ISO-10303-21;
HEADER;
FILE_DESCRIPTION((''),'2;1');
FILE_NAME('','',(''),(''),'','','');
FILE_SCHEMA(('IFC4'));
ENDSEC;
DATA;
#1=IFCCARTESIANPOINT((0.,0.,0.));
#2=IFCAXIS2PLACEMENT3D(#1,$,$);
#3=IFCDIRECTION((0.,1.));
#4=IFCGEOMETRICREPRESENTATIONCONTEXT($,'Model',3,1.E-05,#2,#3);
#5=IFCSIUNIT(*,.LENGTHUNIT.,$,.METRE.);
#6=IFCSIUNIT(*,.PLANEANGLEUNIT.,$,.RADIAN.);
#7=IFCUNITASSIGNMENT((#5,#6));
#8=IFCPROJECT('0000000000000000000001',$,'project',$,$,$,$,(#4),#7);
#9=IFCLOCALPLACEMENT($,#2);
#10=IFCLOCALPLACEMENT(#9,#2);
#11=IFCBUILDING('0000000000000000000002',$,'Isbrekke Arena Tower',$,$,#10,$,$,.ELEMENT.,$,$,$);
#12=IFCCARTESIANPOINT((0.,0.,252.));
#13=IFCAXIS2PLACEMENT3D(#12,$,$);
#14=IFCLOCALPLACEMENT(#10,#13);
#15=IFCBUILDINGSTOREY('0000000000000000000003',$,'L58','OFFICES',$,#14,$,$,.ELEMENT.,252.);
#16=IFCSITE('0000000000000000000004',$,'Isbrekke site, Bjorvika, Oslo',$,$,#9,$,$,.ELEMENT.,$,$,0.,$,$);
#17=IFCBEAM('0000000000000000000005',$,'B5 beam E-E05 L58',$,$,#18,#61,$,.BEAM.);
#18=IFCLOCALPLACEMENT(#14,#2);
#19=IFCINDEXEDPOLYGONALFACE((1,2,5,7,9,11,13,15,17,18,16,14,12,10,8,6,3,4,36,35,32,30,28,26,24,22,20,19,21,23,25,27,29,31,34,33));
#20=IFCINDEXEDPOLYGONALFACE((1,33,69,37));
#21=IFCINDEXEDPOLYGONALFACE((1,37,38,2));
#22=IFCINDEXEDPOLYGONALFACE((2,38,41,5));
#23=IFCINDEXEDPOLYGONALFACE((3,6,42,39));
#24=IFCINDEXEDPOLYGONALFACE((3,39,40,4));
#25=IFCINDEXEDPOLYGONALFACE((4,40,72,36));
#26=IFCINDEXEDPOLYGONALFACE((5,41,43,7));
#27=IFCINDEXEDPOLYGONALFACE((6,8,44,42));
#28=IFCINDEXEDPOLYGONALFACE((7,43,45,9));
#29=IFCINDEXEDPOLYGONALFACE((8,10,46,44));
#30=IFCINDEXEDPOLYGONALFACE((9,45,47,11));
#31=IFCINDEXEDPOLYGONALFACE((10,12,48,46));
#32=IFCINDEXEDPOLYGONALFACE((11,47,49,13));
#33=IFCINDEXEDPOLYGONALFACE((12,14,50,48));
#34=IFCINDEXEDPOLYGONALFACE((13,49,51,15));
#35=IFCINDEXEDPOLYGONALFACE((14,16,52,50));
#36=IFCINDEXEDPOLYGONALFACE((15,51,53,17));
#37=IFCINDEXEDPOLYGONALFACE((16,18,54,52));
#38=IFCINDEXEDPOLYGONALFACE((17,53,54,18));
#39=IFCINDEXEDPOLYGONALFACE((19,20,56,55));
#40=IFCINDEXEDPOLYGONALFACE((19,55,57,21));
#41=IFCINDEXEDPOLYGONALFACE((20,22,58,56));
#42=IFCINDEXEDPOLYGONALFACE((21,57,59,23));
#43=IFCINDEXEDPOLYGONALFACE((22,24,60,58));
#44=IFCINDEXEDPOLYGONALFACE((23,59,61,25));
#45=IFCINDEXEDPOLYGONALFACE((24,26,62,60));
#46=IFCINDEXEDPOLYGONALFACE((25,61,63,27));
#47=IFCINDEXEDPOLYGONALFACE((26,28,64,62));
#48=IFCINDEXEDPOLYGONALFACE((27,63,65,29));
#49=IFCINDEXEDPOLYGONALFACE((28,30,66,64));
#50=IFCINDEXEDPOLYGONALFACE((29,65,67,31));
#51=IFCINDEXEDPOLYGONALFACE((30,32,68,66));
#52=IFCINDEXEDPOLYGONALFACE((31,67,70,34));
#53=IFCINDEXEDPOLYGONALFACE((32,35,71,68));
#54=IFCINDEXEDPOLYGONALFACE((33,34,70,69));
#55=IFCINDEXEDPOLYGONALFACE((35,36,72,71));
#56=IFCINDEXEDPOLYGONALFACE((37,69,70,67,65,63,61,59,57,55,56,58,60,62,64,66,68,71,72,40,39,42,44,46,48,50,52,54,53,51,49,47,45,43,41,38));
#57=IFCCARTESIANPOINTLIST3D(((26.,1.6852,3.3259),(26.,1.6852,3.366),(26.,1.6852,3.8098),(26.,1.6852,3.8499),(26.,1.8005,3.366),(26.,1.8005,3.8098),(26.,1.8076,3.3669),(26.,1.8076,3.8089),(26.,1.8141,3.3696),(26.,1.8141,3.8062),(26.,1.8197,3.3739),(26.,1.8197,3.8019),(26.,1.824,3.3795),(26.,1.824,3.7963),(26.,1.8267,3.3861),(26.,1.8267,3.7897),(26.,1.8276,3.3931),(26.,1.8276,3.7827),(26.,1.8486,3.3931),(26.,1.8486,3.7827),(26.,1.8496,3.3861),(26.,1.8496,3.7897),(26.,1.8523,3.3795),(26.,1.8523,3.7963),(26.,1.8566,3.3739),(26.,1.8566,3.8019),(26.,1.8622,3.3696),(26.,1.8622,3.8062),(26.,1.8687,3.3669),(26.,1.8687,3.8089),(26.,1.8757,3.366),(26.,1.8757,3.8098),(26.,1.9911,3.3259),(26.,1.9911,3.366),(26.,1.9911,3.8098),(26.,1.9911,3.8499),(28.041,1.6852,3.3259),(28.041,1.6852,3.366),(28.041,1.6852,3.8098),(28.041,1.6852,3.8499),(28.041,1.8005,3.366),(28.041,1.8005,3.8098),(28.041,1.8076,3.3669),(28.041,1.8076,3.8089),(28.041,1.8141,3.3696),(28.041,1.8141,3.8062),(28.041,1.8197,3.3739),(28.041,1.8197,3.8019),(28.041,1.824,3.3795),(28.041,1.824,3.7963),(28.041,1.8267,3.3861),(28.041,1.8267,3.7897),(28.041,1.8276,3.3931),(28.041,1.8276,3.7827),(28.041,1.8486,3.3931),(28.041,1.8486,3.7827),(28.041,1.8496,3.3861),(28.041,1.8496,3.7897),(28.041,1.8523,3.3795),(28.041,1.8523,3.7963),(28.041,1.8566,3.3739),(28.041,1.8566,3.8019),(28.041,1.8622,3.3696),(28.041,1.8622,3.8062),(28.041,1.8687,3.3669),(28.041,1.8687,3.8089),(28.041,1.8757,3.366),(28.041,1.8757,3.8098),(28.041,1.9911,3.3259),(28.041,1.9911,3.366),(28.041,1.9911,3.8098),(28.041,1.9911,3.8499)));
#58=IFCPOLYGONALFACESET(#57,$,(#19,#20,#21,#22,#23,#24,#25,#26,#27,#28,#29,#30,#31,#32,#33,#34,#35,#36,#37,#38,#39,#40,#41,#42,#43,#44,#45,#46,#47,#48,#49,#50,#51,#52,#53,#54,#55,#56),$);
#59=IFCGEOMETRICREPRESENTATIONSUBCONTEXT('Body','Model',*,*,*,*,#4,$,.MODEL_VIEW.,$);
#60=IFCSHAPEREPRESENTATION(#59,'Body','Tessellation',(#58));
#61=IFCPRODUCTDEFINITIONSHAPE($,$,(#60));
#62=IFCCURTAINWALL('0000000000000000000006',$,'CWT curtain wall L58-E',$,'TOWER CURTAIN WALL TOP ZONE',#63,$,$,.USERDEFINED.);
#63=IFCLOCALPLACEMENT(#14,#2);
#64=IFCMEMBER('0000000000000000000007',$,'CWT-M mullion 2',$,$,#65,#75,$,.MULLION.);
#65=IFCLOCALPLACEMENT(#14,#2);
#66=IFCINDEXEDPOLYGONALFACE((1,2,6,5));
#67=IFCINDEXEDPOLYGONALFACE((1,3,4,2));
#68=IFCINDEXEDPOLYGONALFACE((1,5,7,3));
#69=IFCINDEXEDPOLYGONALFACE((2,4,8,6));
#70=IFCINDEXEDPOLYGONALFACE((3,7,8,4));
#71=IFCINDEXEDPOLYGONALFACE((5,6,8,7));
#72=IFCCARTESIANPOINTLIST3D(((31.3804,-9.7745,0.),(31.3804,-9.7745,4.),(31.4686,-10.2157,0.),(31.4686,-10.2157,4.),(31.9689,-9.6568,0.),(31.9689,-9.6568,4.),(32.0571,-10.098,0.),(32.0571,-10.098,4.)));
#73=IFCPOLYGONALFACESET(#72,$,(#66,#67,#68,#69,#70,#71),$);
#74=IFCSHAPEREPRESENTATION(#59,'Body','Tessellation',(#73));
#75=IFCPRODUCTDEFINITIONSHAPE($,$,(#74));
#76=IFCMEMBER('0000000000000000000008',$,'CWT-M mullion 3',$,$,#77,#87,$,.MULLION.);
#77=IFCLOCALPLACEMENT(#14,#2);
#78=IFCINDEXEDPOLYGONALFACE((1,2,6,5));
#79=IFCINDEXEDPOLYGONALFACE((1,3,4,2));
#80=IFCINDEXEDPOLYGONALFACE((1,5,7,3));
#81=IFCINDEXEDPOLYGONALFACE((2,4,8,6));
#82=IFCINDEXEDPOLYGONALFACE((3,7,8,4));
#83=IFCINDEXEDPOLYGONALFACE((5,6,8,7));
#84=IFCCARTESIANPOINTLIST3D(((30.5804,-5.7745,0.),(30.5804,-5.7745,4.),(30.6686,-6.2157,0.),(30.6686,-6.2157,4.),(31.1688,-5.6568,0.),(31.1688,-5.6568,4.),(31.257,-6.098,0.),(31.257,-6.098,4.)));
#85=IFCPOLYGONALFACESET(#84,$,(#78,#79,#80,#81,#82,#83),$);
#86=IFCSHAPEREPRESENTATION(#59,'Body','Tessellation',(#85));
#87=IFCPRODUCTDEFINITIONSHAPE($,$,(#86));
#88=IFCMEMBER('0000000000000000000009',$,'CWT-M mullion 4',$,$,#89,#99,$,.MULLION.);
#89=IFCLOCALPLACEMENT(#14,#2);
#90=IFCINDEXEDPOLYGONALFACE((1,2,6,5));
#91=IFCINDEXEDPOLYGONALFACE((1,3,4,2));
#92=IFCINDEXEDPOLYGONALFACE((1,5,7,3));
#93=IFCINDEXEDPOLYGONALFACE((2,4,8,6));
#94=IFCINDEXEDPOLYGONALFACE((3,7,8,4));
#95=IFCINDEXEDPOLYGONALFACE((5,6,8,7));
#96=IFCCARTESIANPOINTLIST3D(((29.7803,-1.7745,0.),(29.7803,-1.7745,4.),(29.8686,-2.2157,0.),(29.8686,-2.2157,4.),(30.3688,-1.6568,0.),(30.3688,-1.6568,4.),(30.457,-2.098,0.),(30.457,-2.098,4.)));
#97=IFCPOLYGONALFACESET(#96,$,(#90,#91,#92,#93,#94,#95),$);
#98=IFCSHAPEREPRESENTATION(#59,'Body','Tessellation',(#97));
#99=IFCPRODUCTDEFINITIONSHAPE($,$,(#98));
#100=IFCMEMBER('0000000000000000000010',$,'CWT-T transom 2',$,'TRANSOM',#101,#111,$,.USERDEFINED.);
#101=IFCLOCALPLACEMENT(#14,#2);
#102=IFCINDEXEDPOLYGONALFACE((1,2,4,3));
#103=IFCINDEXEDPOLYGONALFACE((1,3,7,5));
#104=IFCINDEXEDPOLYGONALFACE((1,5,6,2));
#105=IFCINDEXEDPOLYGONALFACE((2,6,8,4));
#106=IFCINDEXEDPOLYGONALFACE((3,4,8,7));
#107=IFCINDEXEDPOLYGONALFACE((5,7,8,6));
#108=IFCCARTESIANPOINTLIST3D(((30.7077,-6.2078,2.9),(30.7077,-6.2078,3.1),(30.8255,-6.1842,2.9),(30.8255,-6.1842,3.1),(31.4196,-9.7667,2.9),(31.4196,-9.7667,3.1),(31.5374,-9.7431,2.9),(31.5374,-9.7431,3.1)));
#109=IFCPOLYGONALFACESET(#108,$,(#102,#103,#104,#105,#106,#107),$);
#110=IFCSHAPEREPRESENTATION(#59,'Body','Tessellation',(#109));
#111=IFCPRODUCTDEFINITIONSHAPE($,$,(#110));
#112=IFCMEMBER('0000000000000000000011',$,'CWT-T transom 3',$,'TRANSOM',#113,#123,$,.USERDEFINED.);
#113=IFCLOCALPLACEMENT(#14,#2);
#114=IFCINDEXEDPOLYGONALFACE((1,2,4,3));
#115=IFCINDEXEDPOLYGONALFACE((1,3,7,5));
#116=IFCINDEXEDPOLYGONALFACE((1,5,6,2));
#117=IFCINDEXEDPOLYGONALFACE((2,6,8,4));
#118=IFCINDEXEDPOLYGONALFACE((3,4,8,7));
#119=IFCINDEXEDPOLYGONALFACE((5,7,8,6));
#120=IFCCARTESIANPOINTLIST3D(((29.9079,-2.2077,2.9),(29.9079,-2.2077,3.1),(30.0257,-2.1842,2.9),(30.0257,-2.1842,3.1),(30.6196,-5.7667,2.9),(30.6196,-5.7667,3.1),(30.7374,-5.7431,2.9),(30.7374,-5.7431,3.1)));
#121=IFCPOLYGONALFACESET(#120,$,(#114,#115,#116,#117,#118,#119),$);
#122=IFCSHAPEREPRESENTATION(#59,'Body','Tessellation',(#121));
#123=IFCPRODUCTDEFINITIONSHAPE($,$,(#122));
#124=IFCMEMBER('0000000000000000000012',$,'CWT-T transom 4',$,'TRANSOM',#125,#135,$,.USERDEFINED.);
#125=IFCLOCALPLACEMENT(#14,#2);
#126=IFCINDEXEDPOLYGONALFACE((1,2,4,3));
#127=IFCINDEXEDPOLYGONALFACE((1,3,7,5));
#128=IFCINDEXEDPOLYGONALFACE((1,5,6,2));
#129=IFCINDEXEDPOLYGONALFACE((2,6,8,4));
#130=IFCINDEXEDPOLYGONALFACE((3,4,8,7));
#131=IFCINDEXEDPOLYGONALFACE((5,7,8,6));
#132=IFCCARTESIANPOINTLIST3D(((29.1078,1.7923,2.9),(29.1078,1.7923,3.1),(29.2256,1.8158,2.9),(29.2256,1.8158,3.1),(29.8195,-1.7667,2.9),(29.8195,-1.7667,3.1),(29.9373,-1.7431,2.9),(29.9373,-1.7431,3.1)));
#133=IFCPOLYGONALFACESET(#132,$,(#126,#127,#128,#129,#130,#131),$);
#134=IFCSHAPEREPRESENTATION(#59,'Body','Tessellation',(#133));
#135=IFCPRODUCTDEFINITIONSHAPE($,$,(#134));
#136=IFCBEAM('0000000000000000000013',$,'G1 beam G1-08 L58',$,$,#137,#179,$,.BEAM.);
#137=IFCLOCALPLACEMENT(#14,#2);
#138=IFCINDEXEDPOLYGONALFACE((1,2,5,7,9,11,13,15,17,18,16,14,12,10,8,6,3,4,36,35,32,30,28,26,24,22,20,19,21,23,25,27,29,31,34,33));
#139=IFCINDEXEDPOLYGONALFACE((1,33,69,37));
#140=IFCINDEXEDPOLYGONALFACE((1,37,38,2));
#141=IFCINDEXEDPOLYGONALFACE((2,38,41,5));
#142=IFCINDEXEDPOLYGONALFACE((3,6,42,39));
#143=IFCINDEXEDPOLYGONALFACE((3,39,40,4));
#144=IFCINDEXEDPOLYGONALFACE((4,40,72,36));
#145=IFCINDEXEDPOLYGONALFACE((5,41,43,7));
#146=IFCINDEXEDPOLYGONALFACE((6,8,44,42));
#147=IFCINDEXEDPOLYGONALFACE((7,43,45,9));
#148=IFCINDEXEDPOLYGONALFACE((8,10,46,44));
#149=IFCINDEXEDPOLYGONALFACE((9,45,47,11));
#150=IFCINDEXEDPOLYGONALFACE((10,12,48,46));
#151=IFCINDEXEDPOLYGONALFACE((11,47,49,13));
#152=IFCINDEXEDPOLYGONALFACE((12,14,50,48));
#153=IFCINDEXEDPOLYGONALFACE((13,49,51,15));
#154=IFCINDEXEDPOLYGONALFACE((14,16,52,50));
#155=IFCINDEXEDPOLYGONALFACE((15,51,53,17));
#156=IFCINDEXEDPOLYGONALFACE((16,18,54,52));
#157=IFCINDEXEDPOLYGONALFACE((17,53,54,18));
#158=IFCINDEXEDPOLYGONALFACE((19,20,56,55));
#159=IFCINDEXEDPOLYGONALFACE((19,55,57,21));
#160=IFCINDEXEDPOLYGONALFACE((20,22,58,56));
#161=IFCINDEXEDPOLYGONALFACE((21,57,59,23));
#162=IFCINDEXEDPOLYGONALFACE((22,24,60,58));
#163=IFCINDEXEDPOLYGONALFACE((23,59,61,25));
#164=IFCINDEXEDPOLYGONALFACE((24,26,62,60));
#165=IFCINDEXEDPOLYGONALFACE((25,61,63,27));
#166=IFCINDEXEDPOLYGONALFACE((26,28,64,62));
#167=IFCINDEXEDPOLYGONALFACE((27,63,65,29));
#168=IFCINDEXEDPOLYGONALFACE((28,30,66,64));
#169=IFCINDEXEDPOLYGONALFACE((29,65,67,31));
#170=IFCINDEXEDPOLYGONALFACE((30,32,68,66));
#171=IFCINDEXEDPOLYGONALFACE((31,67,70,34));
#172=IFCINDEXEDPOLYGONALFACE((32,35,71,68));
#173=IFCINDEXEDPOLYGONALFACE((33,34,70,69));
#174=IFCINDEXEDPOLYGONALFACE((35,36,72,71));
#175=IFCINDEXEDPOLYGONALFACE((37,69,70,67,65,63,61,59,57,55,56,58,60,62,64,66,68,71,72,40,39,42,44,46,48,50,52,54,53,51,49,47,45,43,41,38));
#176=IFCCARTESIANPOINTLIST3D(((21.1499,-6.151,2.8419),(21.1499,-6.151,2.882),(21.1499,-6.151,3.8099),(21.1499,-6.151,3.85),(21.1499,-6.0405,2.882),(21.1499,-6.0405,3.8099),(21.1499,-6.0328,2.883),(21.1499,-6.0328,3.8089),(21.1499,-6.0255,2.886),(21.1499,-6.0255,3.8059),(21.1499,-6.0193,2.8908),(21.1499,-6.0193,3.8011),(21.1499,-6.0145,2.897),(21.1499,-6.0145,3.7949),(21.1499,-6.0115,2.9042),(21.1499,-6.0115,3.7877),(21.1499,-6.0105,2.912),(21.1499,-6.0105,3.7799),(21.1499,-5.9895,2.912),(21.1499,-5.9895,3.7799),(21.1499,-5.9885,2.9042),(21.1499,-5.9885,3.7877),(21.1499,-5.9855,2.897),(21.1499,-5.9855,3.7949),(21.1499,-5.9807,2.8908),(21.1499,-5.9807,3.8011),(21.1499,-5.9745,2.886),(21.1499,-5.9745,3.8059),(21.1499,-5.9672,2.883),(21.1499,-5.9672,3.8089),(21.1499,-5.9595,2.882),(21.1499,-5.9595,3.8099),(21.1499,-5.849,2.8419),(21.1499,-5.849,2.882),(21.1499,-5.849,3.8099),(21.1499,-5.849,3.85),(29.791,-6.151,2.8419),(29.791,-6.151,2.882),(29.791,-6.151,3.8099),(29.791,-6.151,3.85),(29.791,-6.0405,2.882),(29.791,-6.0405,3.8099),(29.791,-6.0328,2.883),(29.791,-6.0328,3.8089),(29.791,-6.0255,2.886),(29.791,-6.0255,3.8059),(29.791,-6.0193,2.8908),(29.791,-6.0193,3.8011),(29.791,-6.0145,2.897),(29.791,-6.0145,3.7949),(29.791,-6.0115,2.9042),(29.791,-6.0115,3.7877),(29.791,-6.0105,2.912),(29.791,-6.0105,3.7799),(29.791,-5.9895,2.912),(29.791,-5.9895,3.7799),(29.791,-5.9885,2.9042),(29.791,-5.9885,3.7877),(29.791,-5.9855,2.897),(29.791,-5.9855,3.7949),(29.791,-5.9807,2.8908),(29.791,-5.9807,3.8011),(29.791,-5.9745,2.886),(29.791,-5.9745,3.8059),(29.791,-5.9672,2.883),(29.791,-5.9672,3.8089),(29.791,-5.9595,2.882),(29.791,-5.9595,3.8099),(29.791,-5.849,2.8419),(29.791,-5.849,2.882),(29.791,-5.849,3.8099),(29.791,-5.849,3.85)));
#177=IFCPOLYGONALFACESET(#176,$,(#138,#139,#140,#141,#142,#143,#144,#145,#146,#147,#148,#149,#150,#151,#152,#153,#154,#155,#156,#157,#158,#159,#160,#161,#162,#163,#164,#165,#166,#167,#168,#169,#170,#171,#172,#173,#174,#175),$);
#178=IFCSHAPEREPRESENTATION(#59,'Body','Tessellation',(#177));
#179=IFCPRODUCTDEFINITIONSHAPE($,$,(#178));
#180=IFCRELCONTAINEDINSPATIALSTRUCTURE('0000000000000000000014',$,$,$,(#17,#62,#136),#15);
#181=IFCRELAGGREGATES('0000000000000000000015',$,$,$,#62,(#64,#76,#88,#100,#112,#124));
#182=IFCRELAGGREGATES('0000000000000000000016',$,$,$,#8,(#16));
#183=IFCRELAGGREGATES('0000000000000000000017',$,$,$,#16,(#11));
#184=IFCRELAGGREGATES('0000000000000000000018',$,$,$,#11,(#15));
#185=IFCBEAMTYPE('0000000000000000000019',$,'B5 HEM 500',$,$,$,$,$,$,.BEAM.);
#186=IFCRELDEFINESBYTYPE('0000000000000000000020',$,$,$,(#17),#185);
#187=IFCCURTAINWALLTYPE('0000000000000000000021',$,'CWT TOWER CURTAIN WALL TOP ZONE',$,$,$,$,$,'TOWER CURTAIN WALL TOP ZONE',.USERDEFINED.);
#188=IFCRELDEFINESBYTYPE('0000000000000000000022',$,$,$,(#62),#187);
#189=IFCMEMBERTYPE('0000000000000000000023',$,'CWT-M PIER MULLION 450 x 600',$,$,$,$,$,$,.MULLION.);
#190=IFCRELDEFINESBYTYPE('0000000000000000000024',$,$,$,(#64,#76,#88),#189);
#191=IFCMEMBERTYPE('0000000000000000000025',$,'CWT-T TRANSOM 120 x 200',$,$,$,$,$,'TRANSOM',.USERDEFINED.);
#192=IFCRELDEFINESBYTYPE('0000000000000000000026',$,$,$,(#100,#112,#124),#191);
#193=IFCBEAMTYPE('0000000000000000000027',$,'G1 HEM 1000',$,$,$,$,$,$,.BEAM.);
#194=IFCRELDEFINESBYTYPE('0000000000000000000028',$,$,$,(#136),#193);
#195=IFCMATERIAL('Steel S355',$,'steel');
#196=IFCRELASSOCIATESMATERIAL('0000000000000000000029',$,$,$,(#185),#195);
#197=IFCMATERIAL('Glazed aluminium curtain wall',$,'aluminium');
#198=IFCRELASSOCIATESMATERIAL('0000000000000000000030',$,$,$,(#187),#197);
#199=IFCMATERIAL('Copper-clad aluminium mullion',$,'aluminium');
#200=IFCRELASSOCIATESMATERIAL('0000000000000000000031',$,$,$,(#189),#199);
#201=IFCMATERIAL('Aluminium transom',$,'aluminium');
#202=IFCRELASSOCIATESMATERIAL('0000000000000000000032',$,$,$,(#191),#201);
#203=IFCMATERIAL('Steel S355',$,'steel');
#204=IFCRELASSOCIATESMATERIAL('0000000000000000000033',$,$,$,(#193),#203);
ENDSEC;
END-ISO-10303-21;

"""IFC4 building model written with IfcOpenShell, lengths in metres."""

from ifc_helpers import new_model, si_unit, direction, frame, origin, origin_2d, place, context, subcontext, project, spatial, rectangle, i_section, extrude, material, material_profile, profile_set, type_object, element, aggregate, save


model = new_model("IFC4")

# Units and contexts
model_context = context("Model", 3, precision=1e-05, world=origin(), true_north=direction((0.0, 1.0)))
body_context = subcontext(model_context, "Body", "Model", "MODEL_VIEW")
ifc_project = project(units=[si_unit("LENGTHUNIT", "METRE"), si_unit("PLANEANGLEUNIT", "RADIAN")], contexts=[model_context])

# Site, building, storey
site_placement = place(None, origin())
site = spatial("IfcSite", under=ifc_project, at=site_placement, Name="Isbrekke site, Bjorvika, Oslo", CompositionType="ELEMENT", RefElevation=0.0)
building_placement = place(site_placement, origin())
building = spatial("IfcBuilding", under=site, at=building_placement, Name="Isbrekke Arena Tower", CompositionType="ELEMENT")
storey_placement = place(building_placement, frame((0.0, 0.0, 252.0)))
storey = spatial("IfcBuildingStorey", under=building, at=storey_placement, Name="L58", Description="OFFICES", CompositionType="ELEMENT", Elevation=252.0)

# Beam
ifc_material_1 = material(Name="Steel S355", Category="steel")
ifc_material_profile_1 = material_profile(ifc_material_1, i_section(OverallWidth=0.3059, OverallDepth=0.5239, WebThickness=0.021, FlangeThickness=0.04, FilletRadius=0.0271, at=origin_2d()), Name="HEM 500")
ifc_profile_set_1 = profile_set([ifc_material_profile_1], Name="Steel S355")
beam_type_1 = type_object("IfcBeamType", Name="B5 HEM 500", PredefinedType="BEAM", material=ifc_profile_set_1)
beam_1_placement = place(storey_placement, frame((28.041, 1.8381, 3.5879), z_axis=(-1.0, 0.0, 0.0), x_axis=(0.0, -1.0, 0.0)))
element("IfcBeam", 1, at=beam_1_placement, inside=storey, type_object=beam_type_1, Name="B5 beam E-E05 L58", PredefinedType="BEAM", context=body_context, shape_type="SweptSolid", body=[
    extrude(i_section(OverallWidth=0.3059, OverallDepth=0.5239, WebThickness=0.021, FlangeThickness=0.04, FilletRadius=0.0271, at=origin_2d()), origin(), (0.0, 0.0, 1.0), 2.041),
])

# Curtain wall, members
ifc_material_2 = material(Name="Glazed aluminium curtain wall", Category="aluminium")
curtain_wall_type = type_object("IfcCurtainWallType", Name="CWT TOWER CURTAIN WALL TOP ZONE", ElementType="TOWER CURTAIN WALL TOP ZONE", PredefinedType="USERDEFINED", material=ifc_material_2)
curtain_wall_placement = place(storey_placement, origin())
curtain_wall = element("IfcCurtainWall", 2, at=curtain_wall_placement, inside=storey, type_object=curtain_wall_type, Name="CWT curtain wall L58-E", ObjectType="TOWER CURTAIN WALL TOP ZONE", PredefinedType="USERDEFINED")
ifc_material_3 = material(Name="Copper-clad aluminium mullion", Category="aluminium")
ifc_material_profile_2 = material_profile(ifc_material_3, rectangle(XDim=0.45, YDim=0.6001, at=origin_2d()), Name="PIER 450X600")
ifc_profile_set_2 = profile_set([ifc_material_profile_2], Name="Copper-clad aluminium mullion")
member_type_1 = type_object("IfcMemberType", Name="CWT-M PIER MULLION 450 x 600", PredefinedType="MULLION", material=ifc_profile_set_2)
member_1_placement = place(storey_placement, frame((31.7188, -9.9363, 0.0), z_axis=(0.0, 0.0, 1.0), x_axis=(-0.196116, 0.980581, 0.0)))
member_1 = element("IfcMember", 3, at=member_1_placement, type_object=member_type_1, Name="CWT-M mullion 2", PredefinedType="MULLION", context=body_context, shape_type="SweptSolid", body=[
    extrude(rectangle(XDim=0.45, YDim=0.6001, at=origin_2d()), origin(), (0.0, 0.0, 1.0), 4.0),
])
member_2_placement = place(storey_placement, frame((30.9187, -5.9363, 0.0), z_axis=(0.0, 0.0, 1.0), x_axis=(-0.196116, 0.980581, 0.0)))
member_2 = element("IfcMember", 4, at=member_2_placement, type_object=member_type_1, Name="CWT-M mullion 3", PredefinedType="MULLION", context=body_context, shape_type="SweptSolid", body=[
    extrude(rectangle(XDim=0.45, YDim=0.6001, at=origin_2d()), origin(), (0.0, 0.0, 1.0), 4.0),
])
member_3_placement = place(storey_placement, frame((30.1187, -1.9363, 0.0), z_axis=(0.0, 0.0, 1.0), x_axis=(-0.196116, 0.980581, 0.0)))
member_3 = element("IfcMember", 5, at=member_3_placement, type_object=member_type_1, Name="CWT-M mullion 4", PredefinedType="MULLION", context=body_context, shape_type="SweptSolid", body=[
    extrude(rectangle(XDim=0.45, YDim=0.6001, at=origin_2d()), origin(), (0.0, 0.0, 1.0), 4.0),
])
ifc_material_4 = material(Name="Aluminium transom", Category="aluminium")
ifc_material_profile_3 = material_profile(ifc_material_4, rectangle(XDim=0.1201, YDim=0.2, at=origin_2d()), Name="TRANSOM 120X200")
ifc_profile_set_3 = profile_set([ifc_material_profile_3], Name="Aluminium transom")
member_type_2 = type_object("IfcMemberType", Name="CWT-T TRANSOM 120 x 200", ElementType="TRANSOM", PredefinedType="USERDEFINED", material=ifc_profile_set_3)
member_4_placement = place(storey_placement, frame((31.4785, -9.7549, 3.0), z_axis=(-0.196155, 0.980573, 0.0), x_axis=(-0.980573, -0.196155, 0.0)))
member_4 = element("IfcMember", 6, at=member_4_placement, type_object=member_type_2, Name="CWT-T transom 2", ObjectType="TRANSOM", PredefinedType="USERDEFINED", context=body_context, shape_type="SweptSolid", body=[
    extrude(rectangle(XDim=0.1201, YDim=0.2, at=origin_2d()), origin(), (0.0, 0.0, 1.0), 3.6294),
])
member_5_placement = place(storey_placement, frame((30.6785, -5.7549, 3.0), z_axis=(-0.19609, 0.980586, 0.0), x_axis=(-0.980586, -0.19609, 0.0)))
member_5 = element("IfcMember", 7, at=member_5_placement, type_object=member_type_2, Name="CWT-T transom 3", ObjectType="TRANSOM", PredefinedType="USERDEFINED", context=body_context, shape_type="SweptSolid", body=[
    extrude(rectangle(XDim=0.1201, YDim=0.2, at=origin_2d()), origin(), (0.0, 0.0, 1.0), 3.6294),
])
member_6_placement = place(storey_placement, frame((29.8784, -1.7549, 3.0), z_axis=(-0.19609, 0.980586, 0.0), x_axis=(-0.980586, -0.19609, 0.0)))
member_6 = element("IfcMember", 8, at=member_6_placement, type_object=member_type_2, Name="CWT-T transom 4", ObjectType="TRANSOM", PredefinedType="USERDEFINED", context=body_context, shape_type="SweptSolid", body=[
    extrude(rectangle(XDim=0.1201, YDim=0.2, at=origin_2d()), origin(), (0.0, 0.0, 1.0), 3.6294),
])

# Beam
ifc_material_5 = material(Name="Steel S355", Category="steel")
ifc_material_profile_4 = material_profile(ifc_material_5, i_section(OverallWidth=0.302, OverallDepth=1.0081, WebThickness=0.021, FlangeThickness=0.04, FilletRadius=0.03, at=origin_2d()), Name="HEM 1000")
ifc_profile_set_4 = profile_set([ifc_material_profile_4], Name="Steel S355")
beam_type_2 = type_object("IfcBeamType", Name="G1 HEM 1000", PredefinedType="BEAM", material=ifc_profile_set_4)
beam_2_placement = place(storey_placement, frame((21.1499, -6.0, 3.3459), z_axis=(1.0, 0.0, 0.0), x_axis=(0.0, 1.0, 0.0)))
element("IfcBeam", 9, at=beam_2_placement, inside=storey, type_object=beam_type_2, Name="G1 beam G1-08 L58", PredefinedType="BEAM", context=body_context, shape_type="SweptSolid", body=[
    extrude(i_section(OverallWidth=0.302, OverallDepth=1.0081, WebThickness=0.021, FlangeThickness=0.04, FilletRadius=0.03, at=origin_2d()), origin(), (0.0, 0.0, 1.0), 8.6411),
])

aggregate(curtain_wall, [member_1, member_2, member_3, member_4, member_5, member_6])

save(model, "model.ifc")
